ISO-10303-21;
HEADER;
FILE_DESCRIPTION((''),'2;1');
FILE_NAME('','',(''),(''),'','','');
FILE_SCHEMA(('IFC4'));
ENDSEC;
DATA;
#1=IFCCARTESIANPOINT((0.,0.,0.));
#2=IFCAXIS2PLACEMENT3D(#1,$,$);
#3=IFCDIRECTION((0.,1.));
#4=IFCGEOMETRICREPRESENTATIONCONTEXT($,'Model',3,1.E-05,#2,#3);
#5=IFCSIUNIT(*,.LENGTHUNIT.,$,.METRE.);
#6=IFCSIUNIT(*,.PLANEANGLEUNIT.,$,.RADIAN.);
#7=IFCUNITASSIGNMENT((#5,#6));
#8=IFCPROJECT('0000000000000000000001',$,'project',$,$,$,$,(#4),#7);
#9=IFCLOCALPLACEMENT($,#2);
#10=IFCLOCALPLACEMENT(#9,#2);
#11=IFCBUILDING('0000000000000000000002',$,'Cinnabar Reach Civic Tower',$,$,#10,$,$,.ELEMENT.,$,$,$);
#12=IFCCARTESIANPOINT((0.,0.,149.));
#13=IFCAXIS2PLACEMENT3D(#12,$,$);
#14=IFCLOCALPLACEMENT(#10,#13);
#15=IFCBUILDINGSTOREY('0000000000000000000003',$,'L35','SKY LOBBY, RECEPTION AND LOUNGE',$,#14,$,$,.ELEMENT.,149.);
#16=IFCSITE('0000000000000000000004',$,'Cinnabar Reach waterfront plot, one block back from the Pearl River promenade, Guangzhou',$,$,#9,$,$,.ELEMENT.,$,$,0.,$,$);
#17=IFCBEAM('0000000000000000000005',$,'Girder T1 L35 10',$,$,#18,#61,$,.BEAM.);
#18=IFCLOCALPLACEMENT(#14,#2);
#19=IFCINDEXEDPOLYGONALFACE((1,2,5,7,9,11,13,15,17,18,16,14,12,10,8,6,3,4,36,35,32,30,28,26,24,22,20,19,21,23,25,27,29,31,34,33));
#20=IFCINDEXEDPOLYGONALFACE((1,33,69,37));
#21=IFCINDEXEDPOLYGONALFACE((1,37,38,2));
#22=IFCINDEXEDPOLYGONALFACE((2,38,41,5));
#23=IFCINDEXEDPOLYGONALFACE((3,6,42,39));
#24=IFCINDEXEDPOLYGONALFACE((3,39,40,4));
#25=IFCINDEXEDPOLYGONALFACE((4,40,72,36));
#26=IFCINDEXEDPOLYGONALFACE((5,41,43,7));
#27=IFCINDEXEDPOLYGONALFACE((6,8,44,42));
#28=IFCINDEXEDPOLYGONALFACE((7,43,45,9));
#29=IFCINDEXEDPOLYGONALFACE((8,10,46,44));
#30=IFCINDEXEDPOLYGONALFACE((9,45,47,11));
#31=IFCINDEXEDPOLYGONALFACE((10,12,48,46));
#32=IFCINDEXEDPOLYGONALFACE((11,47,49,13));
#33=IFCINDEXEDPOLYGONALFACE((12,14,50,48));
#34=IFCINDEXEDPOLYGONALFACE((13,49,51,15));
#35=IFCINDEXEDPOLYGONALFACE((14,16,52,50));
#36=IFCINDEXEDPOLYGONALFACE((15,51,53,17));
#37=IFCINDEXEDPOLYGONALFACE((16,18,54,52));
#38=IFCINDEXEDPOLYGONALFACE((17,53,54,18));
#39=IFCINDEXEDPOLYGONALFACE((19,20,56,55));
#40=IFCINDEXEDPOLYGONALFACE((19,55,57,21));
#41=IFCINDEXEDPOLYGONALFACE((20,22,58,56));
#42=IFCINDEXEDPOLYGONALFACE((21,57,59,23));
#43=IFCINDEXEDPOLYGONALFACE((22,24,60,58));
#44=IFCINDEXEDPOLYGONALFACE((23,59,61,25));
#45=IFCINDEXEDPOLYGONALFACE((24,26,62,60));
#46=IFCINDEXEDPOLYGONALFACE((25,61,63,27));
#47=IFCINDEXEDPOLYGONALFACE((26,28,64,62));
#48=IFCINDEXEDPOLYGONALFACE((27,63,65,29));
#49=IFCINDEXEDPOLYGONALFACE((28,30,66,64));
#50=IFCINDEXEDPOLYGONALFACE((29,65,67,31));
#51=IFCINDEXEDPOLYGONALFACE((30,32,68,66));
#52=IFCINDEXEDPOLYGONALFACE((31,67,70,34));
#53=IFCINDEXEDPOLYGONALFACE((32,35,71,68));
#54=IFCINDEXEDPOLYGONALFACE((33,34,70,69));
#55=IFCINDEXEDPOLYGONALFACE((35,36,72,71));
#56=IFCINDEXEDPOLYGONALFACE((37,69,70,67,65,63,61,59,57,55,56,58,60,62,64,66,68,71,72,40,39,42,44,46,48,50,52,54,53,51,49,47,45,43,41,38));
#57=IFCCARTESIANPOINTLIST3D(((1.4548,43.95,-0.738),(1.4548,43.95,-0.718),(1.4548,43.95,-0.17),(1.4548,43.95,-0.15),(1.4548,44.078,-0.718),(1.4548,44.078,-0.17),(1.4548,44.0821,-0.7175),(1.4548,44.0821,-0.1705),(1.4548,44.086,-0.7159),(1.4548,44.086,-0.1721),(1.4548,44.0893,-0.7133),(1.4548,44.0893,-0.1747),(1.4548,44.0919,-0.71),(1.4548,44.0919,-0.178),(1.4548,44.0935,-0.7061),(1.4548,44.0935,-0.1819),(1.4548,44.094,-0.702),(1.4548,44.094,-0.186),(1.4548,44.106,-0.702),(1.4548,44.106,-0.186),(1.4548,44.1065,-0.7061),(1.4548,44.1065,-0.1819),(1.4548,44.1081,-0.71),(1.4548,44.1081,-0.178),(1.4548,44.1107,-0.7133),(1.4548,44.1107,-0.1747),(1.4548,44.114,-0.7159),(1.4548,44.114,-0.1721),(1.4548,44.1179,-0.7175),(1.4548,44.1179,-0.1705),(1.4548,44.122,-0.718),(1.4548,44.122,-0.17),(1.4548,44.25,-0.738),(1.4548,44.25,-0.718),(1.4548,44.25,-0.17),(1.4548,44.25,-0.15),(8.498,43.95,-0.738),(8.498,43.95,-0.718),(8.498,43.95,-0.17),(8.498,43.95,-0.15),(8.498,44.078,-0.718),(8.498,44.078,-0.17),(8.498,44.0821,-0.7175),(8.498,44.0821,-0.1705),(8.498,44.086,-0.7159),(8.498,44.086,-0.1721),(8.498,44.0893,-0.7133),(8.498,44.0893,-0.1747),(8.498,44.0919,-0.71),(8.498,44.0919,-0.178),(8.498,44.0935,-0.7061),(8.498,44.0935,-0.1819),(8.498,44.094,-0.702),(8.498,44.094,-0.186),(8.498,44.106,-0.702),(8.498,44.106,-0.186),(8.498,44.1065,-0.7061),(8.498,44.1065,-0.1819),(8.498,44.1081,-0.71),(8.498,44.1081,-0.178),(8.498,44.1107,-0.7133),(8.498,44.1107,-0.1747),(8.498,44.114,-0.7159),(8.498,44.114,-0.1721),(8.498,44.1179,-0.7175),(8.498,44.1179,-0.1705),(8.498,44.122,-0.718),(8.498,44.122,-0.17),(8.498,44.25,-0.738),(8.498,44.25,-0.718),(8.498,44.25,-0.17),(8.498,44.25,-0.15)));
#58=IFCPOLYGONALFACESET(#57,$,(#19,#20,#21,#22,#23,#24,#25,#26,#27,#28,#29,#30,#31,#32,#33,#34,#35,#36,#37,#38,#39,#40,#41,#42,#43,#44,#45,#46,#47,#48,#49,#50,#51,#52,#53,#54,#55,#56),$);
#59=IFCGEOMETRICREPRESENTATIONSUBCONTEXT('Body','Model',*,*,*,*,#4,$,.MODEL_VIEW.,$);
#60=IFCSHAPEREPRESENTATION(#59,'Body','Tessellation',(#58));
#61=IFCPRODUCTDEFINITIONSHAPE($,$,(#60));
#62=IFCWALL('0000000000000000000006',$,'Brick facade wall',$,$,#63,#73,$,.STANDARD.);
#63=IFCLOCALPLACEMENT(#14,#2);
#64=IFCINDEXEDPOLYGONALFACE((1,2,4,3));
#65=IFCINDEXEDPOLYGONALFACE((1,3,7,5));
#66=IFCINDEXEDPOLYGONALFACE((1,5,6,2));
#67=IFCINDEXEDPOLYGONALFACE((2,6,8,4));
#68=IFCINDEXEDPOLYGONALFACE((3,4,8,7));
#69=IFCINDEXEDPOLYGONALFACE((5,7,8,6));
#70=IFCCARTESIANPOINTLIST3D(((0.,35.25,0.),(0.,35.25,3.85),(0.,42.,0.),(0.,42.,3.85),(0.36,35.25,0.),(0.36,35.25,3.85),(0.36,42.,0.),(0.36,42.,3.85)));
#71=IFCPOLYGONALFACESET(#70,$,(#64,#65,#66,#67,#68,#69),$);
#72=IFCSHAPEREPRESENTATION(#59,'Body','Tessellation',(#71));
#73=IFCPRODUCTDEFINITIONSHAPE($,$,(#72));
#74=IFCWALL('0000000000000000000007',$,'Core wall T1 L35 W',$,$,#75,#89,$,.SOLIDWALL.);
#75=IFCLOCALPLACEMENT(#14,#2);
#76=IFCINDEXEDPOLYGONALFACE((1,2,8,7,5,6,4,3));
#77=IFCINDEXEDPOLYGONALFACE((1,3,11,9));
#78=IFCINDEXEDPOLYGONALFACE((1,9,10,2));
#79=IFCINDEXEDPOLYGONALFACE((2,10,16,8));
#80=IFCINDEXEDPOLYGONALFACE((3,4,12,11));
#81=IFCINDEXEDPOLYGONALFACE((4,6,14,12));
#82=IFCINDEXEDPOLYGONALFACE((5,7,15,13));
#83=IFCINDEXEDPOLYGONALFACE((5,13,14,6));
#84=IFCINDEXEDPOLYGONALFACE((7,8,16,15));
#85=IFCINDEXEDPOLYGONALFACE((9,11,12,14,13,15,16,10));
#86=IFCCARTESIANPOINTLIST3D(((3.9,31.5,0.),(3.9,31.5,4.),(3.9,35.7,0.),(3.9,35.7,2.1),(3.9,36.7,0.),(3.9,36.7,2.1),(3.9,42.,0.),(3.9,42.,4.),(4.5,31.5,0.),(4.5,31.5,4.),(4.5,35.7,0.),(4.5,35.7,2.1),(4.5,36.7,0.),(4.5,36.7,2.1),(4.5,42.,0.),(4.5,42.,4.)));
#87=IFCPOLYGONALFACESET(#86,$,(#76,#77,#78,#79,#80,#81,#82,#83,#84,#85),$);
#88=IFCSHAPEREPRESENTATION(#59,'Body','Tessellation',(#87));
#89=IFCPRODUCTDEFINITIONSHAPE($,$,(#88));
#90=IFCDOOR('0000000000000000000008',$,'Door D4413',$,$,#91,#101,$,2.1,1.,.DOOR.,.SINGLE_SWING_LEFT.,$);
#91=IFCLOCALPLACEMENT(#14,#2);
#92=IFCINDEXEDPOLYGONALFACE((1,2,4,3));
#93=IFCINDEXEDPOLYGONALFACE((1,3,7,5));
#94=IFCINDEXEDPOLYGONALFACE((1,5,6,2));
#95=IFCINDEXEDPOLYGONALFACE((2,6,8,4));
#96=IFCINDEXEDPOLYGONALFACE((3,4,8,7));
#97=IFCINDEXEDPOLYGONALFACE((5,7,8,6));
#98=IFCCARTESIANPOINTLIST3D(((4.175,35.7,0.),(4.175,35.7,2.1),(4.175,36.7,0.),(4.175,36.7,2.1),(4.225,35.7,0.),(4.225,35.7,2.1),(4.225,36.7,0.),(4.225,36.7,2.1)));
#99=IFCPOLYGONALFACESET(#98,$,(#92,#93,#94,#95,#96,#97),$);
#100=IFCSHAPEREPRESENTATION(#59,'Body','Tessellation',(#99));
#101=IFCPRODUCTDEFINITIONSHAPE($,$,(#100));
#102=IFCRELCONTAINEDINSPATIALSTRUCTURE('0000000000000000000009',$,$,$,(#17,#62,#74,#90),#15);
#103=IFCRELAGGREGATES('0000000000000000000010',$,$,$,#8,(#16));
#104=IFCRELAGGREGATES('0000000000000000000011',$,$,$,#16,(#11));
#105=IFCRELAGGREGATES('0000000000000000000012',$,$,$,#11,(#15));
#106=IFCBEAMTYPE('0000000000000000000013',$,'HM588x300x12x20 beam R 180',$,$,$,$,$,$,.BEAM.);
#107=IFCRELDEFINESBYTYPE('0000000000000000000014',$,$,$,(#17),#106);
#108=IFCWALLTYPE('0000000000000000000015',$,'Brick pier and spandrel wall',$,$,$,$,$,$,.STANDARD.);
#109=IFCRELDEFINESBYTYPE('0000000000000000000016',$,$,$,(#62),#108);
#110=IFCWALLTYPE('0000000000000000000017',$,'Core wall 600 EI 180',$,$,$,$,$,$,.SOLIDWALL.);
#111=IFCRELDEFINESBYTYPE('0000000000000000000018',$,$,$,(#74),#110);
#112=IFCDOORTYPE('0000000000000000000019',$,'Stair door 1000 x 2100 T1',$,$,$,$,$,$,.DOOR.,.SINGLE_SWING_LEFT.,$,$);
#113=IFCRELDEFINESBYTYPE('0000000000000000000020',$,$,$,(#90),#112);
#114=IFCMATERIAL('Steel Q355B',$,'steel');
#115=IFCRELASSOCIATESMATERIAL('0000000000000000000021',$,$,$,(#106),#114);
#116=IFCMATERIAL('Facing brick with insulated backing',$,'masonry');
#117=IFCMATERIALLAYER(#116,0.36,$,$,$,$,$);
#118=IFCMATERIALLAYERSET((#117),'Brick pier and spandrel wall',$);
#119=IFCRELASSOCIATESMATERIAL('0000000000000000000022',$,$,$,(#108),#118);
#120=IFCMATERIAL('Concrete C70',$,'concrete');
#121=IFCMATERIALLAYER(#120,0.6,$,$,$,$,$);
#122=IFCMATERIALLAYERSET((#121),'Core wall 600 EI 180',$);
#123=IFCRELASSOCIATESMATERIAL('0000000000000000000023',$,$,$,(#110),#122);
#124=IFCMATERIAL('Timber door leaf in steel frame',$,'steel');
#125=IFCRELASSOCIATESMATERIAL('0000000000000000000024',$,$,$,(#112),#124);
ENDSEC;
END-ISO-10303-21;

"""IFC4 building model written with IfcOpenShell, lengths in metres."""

from ifc_helpers import new_model, si_unit, direction, frame, frame_2d, origin, origin_2d, place, context, subcontext, project, spatial, rectangle, i_section, extrude, material, layer, layer_set, material_profile, profile_set, type_object, element, fill, save


model = new_model("IFC4")

# Units and contexts
model_context = context("Model", 3, precision=1e-05, world=origin(), true_north=direction((0.0, 1.0)))
body_context = subcontext(model_context, "Body", "Model", "MODEL_VIEW")
ifc_project = project(units=[si_unit("LENGTHUNIT", "METRE"), si_unit("PLANEANGLEUNIT", "RADIAN")], contexts=[model_context])

# Site, building, storey
site_placement = place(None, origin())
site = spatial("IfcSite", under=ifc_project, at=site_placement, Name="Cinnabar Reach waterfront plot, one block back from the Pearl River promenade, Guangzhou", CompositionType="ELEMENT", RefElevation=0.0)
building_placement = place(site_placement, origin())
building = spatial("IfcBuilding", under=site, at=building_placement, Name="Cinnabar Reach Civic Tower", CompositionType="ELEMENT")
storey_placement = place(building_placement, frame((0.0, 0.0, 149.0)))
storey = spatial("IfcBuildingStorey", under=building, at=storey_placement, Name="L35", Description="SKY LOBBY, RECEPTION AND LOUNGE", CompositionType="ELEMENT", Elevation=149.0)

# Beam
ifc_material_1 = material(Name="Steel Q355B", Category="steel")
ifc_material_profile = material_profile(ifc_material_1, i_section(OverallWidth=0.3, OverallDepth=0.588, WebThickness=0.012, FlangeThickness=0.02, FilletRadius=0.016, at=origin_2d()), Name="HM588x300x12x20")
ifc_profile_set = profile_set([ifc_material_profile], Name="Steel Q355B")
beam_type = type_object("IfcBeamType", Name="HM588x300x12x20 beam R 180", PredefinedType="BEAM", material=ifc_profile_set)
beam_placement = place(storey_placement, frame((1.4548, 44.1, -0.444), z_axis=(1.0, 0.0, 0.0), x_axis=(0.0, 1.0, 0.0)))
element("IfcBeam", 1, at=beam_placement, inside=storey, type_object=beam_type, Name="Girder T1 L35 10", PredefinedType="BEAM", context=body_context, shape_type="SweptSolid", body=[
    extrude(i_section(OverallWidth=0.3, OverallDepth=0.588, WebThickness=0.012, FlangeThickness=0.02, FilletRadius=0.016, at=origin_2d()), origin(), (0.0, 0.0, 1.0), 7.0432),
])

# Wall
ifc_material_2 = material(Name="Facing brick with insulated backing", Category="masonry")
ifc_layer_1 = layer(ifc_material_2, 0.36)
ifc_layer_set_1 = layer_set([ifc_layer_1], Name="Brick pier and spandrel wall")
wall_type_1 = type_object("IfcWallType", Name="Brick pier and spandrel wall", PredefinedType="STANDARD", material=ifc_layer_set_1)
wall_1_placement = place(storey_placement, frame((0.18, 42.0, 0.0), z_axis=(0.0, 0.0, 1.0), x_axis=(0.0, -1.0, 0.0)))
element("IfcWall", 2, at=wall_1_placement, inside=storey, type_object=wall_type_1, Name="Brick facade wall", PredefinedType="STANDARD", context=body_context, shape_type="SweptSolid", body=[
    extrude(rectangle(XDim=6.75, YDim=0.36, at=frame_2d((3.375, 0.0))), origin(), (0.0, 0.0, 1.0), 3.85),
])

# Wall, opening, door
ifc_material_3 = material(Name="Concrete C70", Category="concrete")
ifc_layer_2 = layer(ifc_material_3, 0.6)
ifc_layer_set_2 = layer_set([ifc_layer_2], Name="Core wall 600 EI 180")
wall_type_2 = type_object("IfcWallType", Name="Core wall 600 EI 180", PredefinedType="SOLIDWALL", material=ifc_layer_set_2)
wall_2_placement = place(storey_placement, frame((4.2, 42.0, 0.0), z_axis=(0.0, 0.0, 1.0), x_axis=(0.0, -1.0, 0.0)))
wall_2 = element("IfcWall", 3, at=wall_2_placement, inside=storey, type_object=wall_type_2, Name="Core wall T1 L35 W", PredefinedType="SOLIDWALL", context=body_context, shape_type="SweptSolid", body=[
    extrude(rectangle(XDim=10.5, YDim=0.6, at=frame_2d((5.25, 0.0))), origin(), (0.0, 0.0, 1.0), 4.0),
])
opening_1_placement = place(wall_2_placement, frame((5.3, 0.0, 0.0)))
opening_1 = element("IfcOpeningElement", 4, at=opening_1_placement, cuts=wall_2, PredefinedType="OPENING", context=body_context, shape_type="SweptSolid", body=[
    extrude(rectangle(XDim=1.0, YDim=2.1, at=frame_2d((0.5, 1.05))), frame((0.0, 0.31, 0.0), z_axis=(0.0, -1.0, 0.0), x_axis=(1.0, 0.0, 0.0)), (0.0, 0.0, 1.0), 0.62),
])
ifc_material_4 = material(Name="Timber door leaf in steel frame", Category="steel")
door_type_1 = type_object("IfcDoorType", Name="Stair door 1000 x 2100 T1", OperationType="SINGLE_SWING_LEFT", PredefinedType="DOOR", material=ifc_material_4)
door_1_placement = place(opening_1_placement, frame((1.0, 0.0, 0.0), z_axis=(0.0, 0.0, 1.0), x_axis=(-1.0, 0.0, 0.0)))
door_1 = element("IfcDoor", 5, at=door_1_placement, inside=storey, type_object=door_type_1, Name="Door D4413", OperationType="SINGLE_SWING_LEFT", OverallHeight=2.1, OverallWidth=1.0, PredefinedType="DOOR", context=body_context, shape_type="SweptSolid", body=[
    extrude(rectangle(XDim=1.0, YDim=2.1, at=frame_2d((0.5, 1.05))), frame((0.0, 0.025, 0.0), z_axis=(0.0, -1.0, 0.0), x_axis=(1.0, 0.0, 0.0)), (0.0, 0.0, 1.0), 0.05),
])
fill(opening_1, door_1)

save(model, "model.ifc")
